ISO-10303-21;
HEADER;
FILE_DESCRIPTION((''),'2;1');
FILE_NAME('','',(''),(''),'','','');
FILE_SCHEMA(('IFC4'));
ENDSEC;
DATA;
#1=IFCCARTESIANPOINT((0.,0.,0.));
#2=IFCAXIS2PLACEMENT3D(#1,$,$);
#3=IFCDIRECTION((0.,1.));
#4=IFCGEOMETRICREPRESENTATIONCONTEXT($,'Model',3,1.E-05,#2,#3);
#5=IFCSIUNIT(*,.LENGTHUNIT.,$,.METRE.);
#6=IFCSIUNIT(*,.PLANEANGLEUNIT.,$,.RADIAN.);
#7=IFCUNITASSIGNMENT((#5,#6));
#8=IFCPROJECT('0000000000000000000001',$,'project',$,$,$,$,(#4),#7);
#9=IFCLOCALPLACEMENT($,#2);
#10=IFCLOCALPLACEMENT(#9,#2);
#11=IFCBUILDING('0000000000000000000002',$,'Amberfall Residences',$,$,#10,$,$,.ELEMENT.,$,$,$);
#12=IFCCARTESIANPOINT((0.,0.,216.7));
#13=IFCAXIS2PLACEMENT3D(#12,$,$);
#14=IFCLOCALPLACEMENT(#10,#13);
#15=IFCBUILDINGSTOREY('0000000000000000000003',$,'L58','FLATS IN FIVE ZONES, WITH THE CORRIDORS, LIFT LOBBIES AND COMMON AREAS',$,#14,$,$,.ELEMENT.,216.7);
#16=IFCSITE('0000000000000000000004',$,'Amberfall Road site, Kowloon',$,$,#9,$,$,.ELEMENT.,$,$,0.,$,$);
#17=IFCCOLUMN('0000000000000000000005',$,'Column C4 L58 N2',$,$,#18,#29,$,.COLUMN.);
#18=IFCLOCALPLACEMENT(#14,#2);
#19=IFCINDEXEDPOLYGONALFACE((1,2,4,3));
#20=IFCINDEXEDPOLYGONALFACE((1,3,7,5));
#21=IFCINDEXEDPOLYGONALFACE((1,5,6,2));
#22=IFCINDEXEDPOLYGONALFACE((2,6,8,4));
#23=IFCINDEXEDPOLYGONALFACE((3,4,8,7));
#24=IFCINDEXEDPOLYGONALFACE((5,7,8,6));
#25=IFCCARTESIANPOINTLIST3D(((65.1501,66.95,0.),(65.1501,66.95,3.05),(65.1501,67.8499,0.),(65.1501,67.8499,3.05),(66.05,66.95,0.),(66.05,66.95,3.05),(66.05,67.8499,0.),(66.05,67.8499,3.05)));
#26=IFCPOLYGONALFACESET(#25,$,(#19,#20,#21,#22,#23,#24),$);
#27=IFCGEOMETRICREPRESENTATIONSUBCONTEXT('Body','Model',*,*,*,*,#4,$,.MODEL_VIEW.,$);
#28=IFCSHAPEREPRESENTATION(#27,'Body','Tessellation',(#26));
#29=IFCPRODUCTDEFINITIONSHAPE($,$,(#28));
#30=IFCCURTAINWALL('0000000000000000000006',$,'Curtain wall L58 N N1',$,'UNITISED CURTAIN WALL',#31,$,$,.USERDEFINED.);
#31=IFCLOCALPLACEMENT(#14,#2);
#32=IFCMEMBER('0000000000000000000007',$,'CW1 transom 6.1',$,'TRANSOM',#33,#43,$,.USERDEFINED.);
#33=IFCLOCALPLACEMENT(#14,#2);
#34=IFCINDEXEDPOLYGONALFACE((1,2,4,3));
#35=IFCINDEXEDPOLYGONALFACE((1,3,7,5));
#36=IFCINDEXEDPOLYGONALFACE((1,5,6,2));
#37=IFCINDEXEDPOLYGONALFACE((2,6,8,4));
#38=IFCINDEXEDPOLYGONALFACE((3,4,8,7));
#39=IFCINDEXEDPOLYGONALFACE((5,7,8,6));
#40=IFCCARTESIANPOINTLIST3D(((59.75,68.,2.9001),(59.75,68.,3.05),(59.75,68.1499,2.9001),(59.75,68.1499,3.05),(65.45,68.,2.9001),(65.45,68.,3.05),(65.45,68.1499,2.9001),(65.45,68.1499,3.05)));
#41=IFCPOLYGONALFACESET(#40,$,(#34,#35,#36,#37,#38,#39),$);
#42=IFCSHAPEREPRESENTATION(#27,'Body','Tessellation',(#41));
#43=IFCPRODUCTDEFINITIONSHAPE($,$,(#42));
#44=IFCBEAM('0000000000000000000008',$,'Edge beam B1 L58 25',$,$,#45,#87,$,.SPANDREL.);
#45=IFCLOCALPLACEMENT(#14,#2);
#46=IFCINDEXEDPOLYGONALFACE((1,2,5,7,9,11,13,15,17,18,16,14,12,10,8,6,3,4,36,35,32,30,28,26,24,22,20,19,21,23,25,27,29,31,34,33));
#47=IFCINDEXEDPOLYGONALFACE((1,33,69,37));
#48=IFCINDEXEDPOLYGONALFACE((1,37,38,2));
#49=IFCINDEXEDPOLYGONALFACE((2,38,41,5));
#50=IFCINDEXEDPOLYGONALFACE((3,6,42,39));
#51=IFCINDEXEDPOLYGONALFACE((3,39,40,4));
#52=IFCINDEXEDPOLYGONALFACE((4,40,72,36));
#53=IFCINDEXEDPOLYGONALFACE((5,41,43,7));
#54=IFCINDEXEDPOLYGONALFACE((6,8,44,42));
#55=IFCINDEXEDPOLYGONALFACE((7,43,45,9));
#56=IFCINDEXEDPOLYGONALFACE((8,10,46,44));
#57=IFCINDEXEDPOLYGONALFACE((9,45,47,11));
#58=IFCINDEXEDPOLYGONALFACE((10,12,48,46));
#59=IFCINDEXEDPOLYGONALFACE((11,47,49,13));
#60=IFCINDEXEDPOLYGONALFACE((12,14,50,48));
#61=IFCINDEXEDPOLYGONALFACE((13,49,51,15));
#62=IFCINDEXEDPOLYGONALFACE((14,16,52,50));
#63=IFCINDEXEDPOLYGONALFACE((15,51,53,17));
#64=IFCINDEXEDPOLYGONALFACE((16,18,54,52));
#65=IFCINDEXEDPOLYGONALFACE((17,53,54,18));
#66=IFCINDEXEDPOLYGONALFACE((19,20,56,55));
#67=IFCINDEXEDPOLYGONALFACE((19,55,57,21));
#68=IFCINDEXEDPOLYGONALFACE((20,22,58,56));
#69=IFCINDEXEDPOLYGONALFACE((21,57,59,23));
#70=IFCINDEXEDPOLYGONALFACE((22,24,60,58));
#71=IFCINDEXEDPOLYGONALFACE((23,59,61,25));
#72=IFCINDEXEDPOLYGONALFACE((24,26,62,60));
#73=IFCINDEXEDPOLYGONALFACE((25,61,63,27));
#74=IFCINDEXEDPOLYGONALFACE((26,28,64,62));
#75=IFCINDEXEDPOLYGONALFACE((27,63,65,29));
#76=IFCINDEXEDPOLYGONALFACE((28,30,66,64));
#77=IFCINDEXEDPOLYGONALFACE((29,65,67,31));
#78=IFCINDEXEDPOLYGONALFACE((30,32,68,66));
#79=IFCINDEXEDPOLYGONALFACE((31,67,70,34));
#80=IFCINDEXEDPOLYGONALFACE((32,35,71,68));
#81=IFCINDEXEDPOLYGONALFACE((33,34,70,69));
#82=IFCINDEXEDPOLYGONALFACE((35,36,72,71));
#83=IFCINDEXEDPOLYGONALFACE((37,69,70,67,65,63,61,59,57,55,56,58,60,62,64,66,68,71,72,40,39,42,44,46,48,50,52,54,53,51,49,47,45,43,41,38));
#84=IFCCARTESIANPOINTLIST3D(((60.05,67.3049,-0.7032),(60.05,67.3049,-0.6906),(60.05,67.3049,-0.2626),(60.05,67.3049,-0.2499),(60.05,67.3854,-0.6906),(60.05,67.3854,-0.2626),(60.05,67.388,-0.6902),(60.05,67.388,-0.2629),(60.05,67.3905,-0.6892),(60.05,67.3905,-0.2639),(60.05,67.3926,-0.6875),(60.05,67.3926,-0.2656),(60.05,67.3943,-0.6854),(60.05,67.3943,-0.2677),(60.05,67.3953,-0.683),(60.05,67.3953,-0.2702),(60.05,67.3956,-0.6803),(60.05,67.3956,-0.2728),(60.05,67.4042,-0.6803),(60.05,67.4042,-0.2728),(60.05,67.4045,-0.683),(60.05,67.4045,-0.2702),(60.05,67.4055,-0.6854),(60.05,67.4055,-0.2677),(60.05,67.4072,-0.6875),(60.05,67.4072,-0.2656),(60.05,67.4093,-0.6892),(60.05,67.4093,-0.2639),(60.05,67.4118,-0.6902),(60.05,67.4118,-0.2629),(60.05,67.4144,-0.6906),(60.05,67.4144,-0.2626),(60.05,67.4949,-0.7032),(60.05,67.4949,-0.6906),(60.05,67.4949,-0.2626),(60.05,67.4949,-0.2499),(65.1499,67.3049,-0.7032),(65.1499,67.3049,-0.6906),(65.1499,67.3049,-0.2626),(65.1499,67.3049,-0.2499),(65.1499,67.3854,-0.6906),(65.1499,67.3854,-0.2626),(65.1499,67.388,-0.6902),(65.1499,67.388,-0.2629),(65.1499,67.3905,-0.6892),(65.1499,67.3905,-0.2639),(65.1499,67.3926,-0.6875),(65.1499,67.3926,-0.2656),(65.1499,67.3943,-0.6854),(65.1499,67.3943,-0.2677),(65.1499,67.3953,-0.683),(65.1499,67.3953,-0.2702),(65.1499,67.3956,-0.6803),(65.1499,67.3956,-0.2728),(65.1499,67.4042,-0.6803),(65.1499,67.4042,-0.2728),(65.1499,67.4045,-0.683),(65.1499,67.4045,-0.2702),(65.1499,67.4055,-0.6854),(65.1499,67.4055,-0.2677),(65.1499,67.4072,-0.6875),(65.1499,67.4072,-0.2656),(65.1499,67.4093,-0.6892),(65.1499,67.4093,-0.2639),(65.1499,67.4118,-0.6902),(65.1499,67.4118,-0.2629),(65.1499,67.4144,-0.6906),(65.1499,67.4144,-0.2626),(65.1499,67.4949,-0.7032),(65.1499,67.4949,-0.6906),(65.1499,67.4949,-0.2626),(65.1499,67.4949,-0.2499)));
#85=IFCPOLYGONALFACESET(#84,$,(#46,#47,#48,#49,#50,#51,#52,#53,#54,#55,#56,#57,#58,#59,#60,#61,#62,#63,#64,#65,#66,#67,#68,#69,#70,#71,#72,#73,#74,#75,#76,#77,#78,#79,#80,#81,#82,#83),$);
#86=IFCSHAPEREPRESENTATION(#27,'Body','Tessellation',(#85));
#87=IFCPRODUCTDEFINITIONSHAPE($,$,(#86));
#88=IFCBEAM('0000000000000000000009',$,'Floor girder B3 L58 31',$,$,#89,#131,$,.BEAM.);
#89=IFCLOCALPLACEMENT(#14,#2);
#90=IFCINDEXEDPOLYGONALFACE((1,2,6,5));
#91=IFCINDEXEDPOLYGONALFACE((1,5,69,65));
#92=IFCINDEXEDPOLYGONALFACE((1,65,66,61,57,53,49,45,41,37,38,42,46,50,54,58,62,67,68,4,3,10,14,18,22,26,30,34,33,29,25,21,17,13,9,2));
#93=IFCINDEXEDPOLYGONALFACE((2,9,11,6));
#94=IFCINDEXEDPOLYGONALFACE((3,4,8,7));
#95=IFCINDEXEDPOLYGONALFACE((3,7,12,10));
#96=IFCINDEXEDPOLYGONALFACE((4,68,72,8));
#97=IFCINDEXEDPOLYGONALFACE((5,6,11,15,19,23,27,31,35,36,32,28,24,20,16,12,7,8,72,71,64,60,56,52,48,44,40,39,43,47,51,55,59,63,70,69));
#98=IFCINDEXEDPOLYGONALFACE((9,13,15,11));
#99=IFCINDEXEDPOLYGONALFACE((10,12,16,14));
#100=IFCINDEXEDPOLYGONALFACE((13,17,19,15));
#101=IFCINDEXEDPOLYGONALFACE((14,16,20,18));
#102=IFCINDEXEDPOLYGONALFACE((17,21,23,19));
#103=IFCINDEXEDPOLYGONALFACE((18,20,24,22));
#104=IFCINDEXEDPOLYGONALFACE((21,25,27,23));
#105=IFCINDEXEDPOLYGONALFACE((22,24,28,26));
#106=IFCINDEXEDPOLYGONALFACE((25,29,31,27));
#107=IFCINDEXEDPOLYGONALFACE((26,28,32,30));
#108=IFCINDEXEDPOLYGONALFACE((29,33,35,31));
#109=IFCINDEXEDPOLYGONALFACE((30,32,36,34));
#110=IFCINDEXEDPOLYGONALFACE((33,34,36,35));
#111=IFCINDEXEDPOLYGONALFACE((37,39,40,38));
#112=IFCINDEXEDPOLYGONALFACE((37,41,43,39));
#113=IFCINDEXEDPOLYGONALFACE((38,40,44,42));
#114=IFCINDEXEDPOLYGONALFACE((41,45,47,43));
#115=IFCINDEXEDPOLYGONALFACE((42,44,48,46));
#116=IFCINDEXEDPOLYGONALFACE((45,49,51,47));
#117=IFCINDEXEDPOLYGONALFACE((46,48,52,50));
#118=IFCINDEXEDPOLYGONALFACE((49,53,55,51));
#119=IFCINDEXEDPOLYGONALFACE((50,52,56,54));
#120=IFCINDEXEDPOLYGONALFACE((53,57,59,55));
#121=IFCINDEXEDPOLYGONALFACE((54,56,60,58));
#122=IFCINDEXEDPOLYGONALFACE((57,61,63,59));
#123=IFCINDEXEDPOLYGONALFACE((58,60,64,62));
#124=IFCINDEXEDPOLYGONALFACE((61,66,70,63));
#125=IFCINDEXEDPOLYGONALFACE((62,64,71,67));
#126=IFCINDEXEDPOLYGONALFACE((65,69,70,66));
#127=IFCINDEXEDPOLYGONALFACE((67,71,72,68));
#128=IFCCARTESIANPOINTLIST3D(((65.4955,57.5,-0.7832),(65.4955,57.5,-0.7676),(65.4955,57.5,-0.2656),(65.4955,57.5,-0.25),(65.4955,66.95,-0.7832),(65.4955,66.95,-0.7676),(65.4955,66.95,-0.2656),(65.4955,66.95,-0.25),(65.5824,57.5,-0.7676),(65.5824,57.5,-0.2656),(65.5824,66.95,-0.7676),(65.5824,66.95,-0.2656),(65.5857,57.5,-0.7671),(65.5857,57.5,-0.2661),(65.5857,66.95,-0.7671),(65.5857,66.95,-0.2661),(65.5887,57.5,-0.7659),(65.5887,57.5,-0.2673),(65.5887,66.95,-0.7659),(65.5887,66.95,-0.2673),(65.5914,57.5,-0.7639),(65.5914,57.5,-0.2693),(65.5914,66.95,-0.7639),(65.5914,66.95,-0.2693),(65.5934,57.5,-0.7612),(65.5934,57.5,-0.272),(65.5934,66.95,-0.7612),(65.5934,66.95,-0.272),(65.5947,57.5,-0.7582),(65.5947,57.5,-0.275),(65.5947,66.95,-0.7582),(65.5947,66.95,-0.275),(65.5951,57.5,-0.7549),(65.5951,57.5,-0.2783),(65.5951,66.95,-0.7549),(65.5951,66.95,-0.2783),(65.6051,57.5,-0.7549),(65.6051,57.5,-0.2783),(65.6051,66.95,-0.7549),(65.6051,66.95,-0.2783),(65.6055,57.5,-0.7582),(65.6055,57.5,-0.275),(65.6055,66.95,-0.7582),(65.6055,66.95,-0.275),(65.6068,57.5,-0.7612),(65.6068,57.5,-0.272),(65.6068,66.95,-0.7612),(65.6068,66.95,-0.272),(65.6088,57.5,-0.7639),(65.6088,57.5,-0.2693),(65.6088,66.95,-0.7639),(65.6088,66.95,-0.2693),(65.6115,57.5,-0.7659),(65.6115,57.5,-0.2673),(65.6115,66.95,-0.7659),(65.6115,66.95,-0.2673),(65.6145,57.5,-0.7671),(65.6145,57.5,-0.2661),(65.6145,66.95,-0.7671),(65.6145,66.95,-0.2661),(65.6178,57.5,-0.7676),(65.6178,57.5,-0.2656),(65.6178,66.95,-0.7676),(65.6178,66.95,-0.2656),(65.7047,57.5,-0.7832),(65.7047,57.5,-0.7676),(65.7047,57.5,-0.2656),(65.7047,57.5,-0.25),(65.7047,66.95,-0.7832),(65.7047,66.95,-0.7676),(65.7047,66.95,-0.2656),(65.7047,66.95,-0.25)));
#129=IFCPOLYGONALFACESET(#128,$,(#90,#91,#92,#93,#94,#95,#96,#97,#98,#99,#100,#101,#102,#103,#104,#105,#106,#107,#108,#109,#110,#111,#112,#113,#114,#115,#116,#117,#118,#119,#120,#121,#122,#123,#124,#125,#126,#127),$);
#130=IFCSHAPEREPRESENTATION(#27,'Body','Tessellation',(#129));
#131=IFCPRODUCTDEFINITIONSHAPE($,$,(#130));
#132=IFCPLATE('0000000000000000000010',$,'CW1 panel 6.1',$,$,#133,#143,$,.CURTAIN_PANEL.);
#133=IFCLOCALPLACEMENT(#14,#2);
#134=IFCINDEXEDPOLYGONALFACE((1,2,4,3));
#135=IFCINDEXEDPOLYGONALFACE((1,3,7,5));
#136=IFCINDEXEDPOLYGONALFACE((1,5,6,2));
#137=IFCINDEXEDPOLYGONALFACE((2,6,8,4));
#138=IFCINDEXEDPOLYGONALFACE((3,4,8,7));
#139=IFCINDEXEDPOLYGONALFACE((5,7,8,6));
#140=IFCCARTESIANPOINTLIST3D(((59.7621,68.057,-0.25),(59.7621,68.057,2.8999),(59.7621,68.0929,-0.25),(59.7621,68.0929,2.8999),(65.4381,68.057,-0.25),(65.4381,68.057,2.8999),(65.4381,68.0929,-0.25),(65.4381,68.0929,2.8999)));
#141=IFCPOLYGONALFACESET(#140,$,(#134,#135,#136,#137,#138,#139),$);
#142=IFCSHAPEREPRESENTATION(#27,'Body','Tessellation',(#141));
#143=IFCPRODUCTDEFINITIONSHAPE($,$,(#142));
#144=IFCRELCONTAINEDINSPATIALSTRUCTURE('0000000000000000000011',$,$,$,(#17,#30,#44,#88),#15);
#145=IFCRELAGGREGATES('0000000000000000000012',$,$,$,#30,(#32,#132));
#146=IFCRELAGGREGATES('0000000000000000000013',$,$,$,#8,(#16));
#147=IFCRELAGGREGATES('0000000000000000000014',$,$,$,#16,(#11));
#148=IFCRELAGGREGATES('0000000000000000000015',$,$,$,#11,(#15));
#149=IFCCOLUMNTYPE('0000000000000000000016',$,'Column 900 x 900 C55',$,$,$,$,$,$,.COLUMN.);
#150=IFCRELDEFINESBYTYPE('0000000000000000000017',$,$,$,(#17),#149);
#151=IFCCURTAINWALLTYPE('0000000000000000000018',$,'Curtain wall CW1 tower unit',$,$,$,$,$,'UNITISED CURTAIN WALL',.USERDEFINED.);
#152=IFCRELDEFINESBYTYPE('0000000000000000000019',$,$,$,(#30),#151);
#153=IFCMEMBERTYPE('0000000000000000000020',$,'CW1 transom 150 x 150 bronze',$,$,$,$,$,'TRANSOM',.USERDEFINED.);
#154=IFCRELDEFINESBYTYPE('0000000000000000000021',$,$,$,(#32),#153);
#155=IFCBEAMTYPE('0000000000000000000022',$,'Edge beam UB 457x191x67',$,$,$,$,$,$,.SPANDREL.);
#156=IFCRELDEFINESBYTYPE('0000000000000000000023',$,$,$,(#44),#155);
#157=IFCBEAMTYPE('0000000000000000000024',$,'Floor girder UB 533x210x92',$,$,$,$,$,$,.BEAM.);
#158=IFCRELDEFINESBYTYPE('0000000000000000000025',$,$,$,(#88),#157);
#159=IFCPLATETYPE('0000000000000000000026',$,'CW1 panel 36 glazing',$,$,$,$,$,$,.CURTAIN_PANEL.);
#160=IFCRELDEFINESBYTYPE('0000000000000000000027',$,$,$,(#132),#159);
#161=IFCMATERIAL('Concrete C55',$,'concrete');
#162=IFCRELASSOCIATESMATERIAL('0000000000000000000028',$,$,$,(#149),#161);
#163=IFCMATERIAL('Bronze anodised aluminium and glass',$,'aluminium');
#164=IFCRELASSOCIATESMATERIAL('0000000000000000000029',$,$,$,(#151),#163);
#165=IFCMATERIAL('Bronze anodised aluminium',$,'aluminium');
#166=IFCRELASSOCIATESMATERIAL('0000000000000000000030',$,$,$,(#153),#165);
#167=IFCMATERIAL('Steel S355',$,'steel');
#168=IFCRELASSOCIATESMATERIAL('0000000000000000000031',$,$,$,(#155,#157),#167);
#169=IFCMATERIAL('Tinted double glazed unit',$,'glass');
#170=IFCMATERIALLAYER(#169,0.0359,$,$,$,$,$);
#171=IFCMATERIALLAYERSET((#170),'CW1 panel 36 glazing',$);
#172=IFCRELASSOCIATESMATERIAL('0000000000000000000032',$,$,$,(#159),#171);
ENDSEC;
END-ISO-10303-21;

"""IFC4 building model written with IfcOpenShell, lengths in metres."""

from ifc_helpers import new_model, si_unit, direction, frame, origin, origin_2d, place, context, subcontext, project, spatial, rectangle, i_section, extrude, material, layer, layer_set, material_profile, profile_set, type_object, element, aggregate, save


model = new_model("IFC4")

# Units and contexts
model_context = context("Model", 3, precision=1e-05, world=origin(), true_north=direction((0.0, 1.0)))
body_context = subcontext(model_context, "Body", "Model", "MODEL_VIEW")
ifc_project = project(units=[si_unit("LENGTHUNIT", "METRE"), si_unit("PLANEANGLEUNIT", "RADIAN")], contexts=[model_context])

# Site, building, storey
site_placement = place(None, origin())
site = spatial("IfcSite", under=ifc_project, at=site_placement, Name="Amberfall Road site, Kowloon", CompositionType="ELEMENT", RefElevation=0.0)
building_placement = place(site_placement, origin())
building = spatial("IfcBuilding", under=site, at=building_placement, Name="Amberfall Residences", CompositionType="ELEMENT")
storey_placement = place(building_placement, frame((0.0, 0.0, 216.7)))
storey = spatial("IfcBuildingStorey", under=building, at=storey_placement, Name="L58", Description="FLATS IN FIVE ZONES, WITH THE CORRIDORS, LIFT LOBBIES AND COMMON AREAS", CompositionType="ELEMENT", Elevation=216.7)

# Column
ifc_material_1 = material(Name="Concrete C55", Category="concrete")
ifc_material_profile_1 = material_profile(ifc_material_1, rectangle(XDim=0.8999, YDim=0.8999, at=origin_2d()), Name="Column 900 x 900 C55")
ifc_profile_set_1 = profile_set([ifc_material_profile_1], Name="Concrete C55")
column_type = type_object("IfcColumnType", Name="Column 900 x 900 C55", PredefinedType="COLUMN", material=ifc_profile_set_1)
column_placement = place(storey_placement, frame((65.6001, 67.3999, 0.0), z_axis=(0.0, 0.0, 1.0), x_axis=(1.0, 0.0, 0.0)))
element("IfcColumn", 1, at=column_placement, inside=storey, type_object=column_type, Name="Column C4 L58 N2", PredefinedType="COLUMN", context=body_context, shape_type="SweptSolid", body=[
    extrude(rectangle(XDim=0.8999, YDim=0.8999, at=origin_2d()), origin(), (0.0, 0.0, 1.0), 3.05),
])

# Curtain wall, member
ifc_material_2 = material(Name="Bronze anodised aluminium and glass", Category="aluminium")
curtain_wall_type = type_object("IfcCurtainWallType", Name="Curtain wall CW1 tower unit", ElementType="UNITISED CURTAIN WALL", PredefinedType="USERDEFINED", material=ifc_material_2)
curtain_wall_placement = place(storey_placement, origin())
curtain_wall = element("IfcCurtainWall", 2, at=curtain_wall_placement, inside=storey, type_object=curtain_wall_type, Name="Curtain wall L58 N N1", ObjectType="UNITISED CURTAIN WALL", PredefinedType="USERDEFINED")
ifc_material_3 = material(Name="Bronze anodised aluminium", Category="aluminium")
ifc_material_profile_2 = material_profile(ifc_material_3, rectangle(XDim=0.1499, YDim=0.1499, at=origin_2d()), Name="CW1 transom 150 x 150 bronze")
ifc_profile_set_2 = profile_set([ifc_material_profile_2], Name="Bronze anodised aluminium")
member_type = type_object("IfcMemberType", Name="CW1 transom 150 x 150 bronze", ElementType="TRANSOM", PredefinedType="USERDEFINED", material=ifc_profile_set_2)
member_placement = place(storey_placement, frame((65.45, 68.075, 2.9751), z_axis=(-1.0, 0.0, 0.0), x_axis=(0.0, -1.0, 0.0)))
member = element("IfcMember", 3, at=member_placement, type_object=member_type, Name="CW1 transom 6.1", ObjectType="TRANSOM", PredefinedType="USERDEFINED", context=body_context, shape_type="SweptSolid", body=[
    extrude(rectangle(XDim=0.1499, YDim=0.1499, at=origin_2d()), origin(), (0.0, 0.0, 1.0), 5.7),
])

# Beams
ifc_material_4 = material(Name="Steel S355", Category="steel")
ifc_material_profile_3 = material_profile(ifc_material_4, i_section(OverallWidth=0.1899, OverallDepth=0.4534, WebThickness=0.0085, FlangeThickness=0.0127, FilletRadius=0.0103, at=origin_2d()), Name="UB 457x191x67")
ifc_profile_set_3 = profile_set([ifc_material_profile_3], Name="Steel S355")
beam_type_1 = type_object("IfcBeamType", Name="Edge beam UB 457x191x67", PredefinedType="SPANDREL", material=ifc_profile_set_3)
beam_1_placement = place(storey_placement, frame((60.05, 67.3999, -0.4766), z_axis=(1.0, 0.0, 0.0), x_axis=(0.0, 1.0, 0.0)))
element("IfcBeam", 4, at=beam_1_placement, inside=storey, type_object=beam_type_1, Name="Edge beam B1 L58 25", PredefinedType="SPANDREL", context=body_context, shape_type="SweptSolid", body=[
    extrude(i_section(OverallWidth=0.1899, OverallDepth=0.4534, WebThickness=0.0085, FlangeThickness=0.0127, FilletRadius=0.0103, at=origin_2d()), origin(), (0.0, 0.0, 1.0), 5.0999),
])
ifc_material_profile_4 = material_profile(ifc_material_4, i_section(OverallWidth=0.2092, OverallDepth=0.5332, WebThickness=0.01, FlangeThickness=0.0156, FilletRadius=0.0127, at=origin_2d()), Name="UB 533x210x92")
ifc_profile_set_4 = profile_set([ifc_material_profile_4], Name="Steel S355")
beam_type_2 = type_object("IfcBeamType", Name="Floor girder UB 533x210x92", PredefinedType="BEAM", material=ifc_profile_set_4)
beam_2_placement = place(storey_placement, frame((65.6001, 66.95, -0.5166), z_axis=(0.0, -1.0, 0.0), x_axis=(1.0, 0.0, 0.0)))
element("IfcBeam", 5, at=beam_2_placement, inside=storey, type_object=beam_type_2, Name="Floor girder B3 L58 31", PredefinedType="BEAM", context=body_context, shape_type="SweptSolid", body=[
    extrude(i_section(OverallWidth=0.2092, OverallDepth=0.5332, WebThickness=0.01, FlangeThickness=0.0156, FilletRadius=0.0127, at=origin_2d()), origin(), (0.0, 0.0, 1.0), 9.45),
])

# Plate
ifc_material_5 = material(Name="Tinted double glazed unit", Category="glass")
ifc_layer_1 = layer(ifc_material_5, 0.0359)
ifc_layer_set_1 = layer_set([ifc_layer_1], Name="CW1 panel 36 glazing")
plate_type = type_object("IfcPlateType", Name="CW1 panel 36 glazing", PredefinedType="CURTAIN_PANEL", material=ifc_layer_set_1)
plate_placement = place(storey_placement, frame((62.6001, 68.075, -0.25), z_axis=(0.0, 0.0, 1.0), x_axis=(-1.0, 0.0, 0.0)))
plate = element("IfcPlate", 6, at=plate_placement, type_object=plate_type, Name="CW1 panel 6.1", PredefinedType="CURTAIN_PANEL", context=body_context, shape_type="SweptSolid", body=[
    extrude(rectangle(XDim=5.676, YDim=0.0359, at=origin_2d()), origin(), (0.0, 0.0, 1.0), 3.1499),
])
aggregate(curtain_wall, [member, plate])

save(model, "model.ifc")
